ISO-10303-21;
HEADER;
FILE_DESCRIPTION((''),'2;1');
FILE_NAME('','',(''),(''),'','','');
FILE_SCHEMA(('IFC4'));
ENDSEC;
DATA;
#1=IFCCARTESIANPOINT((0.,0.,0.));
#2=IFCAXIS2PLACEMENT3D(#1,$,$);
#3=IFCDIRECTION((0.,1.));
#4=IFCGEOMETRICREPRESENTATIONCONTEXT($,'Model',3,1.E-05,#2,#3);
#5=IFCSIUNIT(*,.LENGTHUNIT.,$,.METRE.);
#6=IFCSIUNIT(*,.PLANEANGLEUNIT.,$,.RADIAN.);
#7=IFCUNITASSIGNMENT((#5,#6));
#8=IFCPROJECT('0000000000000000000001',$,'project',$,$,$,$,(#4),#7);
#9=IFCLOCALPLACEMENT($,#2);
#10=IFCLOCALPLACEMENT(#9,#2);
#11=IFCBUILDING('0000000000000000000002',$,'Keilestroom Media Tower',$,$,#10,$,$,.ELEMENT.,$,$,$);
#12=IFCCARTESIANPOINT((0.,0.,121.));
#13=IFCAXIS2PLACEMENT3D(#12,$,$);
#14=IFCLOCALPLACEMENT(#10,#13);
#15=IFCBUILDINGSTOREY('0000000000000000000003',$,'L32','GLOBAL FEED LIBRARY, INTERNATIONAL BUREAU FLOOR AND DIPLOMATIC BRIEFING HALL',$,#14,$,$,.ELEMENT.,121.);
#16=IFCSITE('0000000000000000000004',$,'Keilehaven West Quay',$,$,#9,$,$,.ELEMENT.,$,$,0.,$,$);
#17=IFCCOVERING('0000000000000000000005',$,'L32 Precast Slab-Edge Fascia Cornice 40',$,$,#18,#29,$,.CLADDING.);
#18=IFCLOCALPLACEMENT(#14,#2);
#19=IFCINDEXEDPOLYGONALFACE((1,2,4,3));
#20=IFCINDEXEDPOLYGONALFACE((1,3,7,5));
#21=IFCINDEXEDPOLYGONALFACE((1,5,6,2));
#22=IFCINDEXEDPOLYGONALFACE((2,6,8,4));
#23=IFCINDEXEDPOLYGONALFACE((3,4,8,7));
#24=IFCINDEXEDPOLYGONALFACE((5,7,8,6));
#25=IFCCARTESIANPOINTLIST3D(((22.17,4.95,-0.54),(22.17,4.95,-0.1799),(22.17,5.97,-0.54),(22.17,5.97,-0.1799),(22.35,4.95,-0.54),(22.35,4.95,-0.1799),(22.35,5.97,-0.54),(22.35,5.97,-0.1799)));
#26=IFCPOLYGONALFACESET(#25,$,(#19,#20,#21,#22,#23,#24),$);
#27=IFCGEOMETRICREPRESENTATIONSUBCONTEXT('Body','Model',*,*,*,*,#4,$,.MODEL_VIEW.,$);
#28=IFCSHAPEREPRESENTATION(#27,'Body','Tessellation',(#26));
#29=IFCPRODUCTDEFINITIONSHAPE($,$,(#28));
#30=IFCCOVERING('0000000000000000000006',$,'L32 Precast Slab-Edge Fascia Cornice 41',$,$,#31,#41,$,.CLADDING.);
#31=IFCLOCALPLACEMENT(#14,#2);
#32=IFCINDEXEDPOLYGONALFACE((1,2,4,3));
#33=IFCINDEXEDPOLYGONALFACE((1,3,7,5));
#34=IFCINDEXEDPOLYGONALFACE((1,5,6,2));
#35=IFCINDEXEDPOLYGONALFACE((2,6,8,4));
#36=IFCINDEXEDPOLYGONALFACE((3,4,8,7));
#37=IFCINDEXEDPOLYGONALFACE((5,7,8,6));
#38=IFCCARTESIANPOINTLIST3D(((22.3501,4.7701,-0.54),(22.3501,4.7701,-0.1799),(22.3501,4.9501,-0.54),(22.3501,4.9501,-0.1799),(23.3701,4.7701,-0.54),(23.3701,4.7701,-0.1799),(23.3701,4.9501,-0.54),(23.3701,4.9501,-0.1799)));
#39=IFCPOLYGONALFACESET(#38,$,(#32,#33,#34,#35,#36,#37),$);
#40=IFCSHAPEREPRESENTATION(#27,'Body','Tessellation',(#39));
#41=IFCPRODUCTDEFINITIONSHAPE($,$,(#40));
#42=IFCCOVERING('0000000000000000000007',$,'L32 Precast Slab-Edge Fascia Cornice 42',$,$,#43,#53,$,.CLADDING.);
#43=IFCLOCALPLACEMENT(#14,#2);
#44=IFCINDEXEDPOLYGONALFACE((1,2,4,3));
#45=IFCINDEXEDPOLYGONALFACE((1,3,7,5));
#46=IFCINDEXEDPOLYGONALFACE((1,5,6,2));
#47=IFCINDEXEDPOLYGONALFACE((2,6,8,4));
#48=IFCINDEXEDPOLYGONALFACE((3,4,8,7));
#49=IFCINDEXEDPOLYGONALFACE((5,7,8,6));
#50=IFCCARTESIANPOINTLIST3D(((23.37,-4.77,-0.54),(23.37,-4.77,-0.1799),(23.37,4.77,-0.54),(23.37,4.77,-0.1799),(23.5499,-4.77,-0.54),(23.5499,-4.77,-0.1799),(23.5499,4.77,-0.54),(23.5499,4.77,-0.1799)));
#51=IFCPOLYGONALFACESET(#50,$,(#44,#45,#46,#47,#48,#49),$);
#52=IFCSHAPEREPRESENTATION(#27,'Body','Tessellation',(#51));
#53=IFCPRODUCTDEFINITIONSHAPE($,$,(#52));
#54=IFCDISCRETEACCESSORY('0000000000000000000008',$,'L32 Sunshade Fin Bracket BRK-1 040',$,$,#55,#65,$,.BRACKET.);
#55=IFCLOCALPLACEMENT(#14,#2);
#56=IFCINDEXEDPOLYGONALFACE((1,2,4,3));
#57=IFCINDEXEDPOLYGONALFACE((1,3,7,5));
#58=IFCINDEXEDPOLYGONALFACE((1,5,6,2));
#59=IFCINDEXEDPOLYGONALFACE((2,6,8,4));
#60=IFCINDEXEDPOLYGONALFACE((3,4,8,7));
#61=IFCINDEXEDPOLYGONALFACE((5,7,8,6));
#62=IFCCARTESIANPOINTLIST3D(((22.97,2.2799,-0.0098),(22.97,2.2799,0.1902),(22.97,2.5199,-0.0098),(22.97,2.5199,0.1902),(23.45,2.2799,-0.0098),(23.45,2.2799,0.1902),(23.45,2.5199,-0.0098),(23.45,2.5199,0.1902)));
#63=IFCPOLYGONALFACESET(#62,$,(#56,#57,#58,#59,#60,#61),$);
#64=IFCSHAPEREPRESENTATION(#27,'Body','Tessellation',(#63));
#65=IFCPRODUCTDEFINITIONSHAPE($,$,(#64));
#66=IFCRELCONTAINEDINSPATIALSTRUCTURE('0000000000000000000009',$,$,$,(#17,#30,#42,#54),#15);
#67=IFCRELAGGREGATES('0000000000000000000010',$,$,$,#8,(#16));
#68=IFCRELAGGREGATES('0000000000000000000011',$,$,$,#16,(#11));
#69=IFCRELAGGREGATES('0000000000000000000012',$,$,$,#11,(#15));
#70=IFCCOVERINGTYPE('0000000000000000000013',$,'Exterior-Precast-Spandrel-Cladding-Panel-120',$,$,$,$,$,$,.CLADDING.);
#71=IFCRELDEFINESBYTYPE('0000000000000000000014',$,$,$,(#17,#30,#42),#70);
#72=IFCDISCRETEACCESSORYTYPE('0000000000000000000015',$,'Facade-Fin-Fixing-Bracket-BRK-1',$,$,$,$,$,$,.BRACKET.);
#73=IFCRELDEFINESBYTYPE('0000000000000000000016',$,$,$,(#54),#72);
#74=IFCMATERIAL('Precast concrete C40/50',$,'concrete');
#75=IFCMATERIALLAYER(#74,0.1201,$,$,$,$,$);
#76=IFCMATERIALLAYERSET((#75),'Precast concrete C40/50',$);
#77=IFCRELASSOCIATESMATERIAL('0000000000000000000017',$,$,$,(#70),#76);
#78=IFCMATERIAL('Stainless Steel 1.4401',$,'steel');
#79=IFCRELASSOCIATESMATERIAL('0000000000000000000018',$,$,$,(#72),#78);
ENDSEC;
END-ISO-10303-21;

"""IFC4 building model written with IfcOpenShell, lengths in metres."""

from ifc_helpers import new_model, si_unit, direction, frame, origin, origin_2d, place, context, subcontext, project, spatial, rectangle, extrude, source, transform, mapped, material, layer, layer_set, type_object, element, save


model = new_model("IFC4")

# Units and contexts
model_context = context("Model", 3, precision=1e-05, world=origin(), true_north=direction((0.0, 1.0)))
body_context = subcontext(model_context, "Body", "Model", "MODEL_VIEW")
ifc_project = project(units=[si_unit("LENGTHUNIT", "METRE"), si_unit("PLANEANGLEUNIT", "RADIAN")], contexts=[model_context])

# Site, building, storey
site_placement = place(None, origin())
site = spatial("IfcSite", under=ifc_project, at=site_placement, Name="Keilehaven West Quay", CompositionType="ELEMENT", RefElevation=0.0)
building_placement = place(site_placement, origin())
building = spatial("IfcBuilding", under=site, at=building_placement, Name="Keilestroom Media Tower", CompositionType="ELEMENT")
storey_placement = place(building_placement, frame((0.0, 0.0, 121.0)))
storey = spatial("IfcBuildingStorey", under=building, at=storey_placement, Name="L32", Description="GLOBAL FEED LIBRARY, INTERNATIONAL BUREAU FLOOR AND DIPLOMATIC BRIEFING HALL", CompositionType="ELEMENT", Elevation=121.0)

# Shared definitions
ifc_material_1 = material(Name="Precast concrete C40/50", Category="concrete")

# Coverings
ifc_layer_1 = layer(ifc_material_1, 0.1201)
ifc_layer_set_1 = layer_set([ifc_layer_1], Name="Precast concrete C40/50")
covering_type = type_object("IfcCoveringType", Name="Exterior-Precast-Spandrel-Cladding-Panel-120", PredefinedType="CLADDING", material=ifc_layer_set_1)
shared_shape_1 = source(origin(), body_context, "Body", "SweptSolid", [
    extrude(rectangle(XDim=1.02, YDim=0.1799, at=origin_2d()), origin(), (0.0, 0.0, 1.0), 0.3601),
])
for number, where, z_axis, x_axis, name in (
    (1, (22.26, 5.46, -0.54), (0.0, 0.0, 1.0), (0.0, -1.0, 0.0), "L32 Precast Slab-Edge Fascia Cornice 40"),
    (2, (22.8601, 4.8601, -0.54), (0.0, 0.0, 1.0), (1.0, 0.0, 0.0), "L32 Precast Slab-Edge Fascia Cornice 41"),
):
    element("IfcCovering", number, at=place(storey_placement, frame(where, z_axis=z_axis, x_axis=x_axis)), inside=storey, type_object=covering_type, Name=name, PredefinedType="CLADDING", context=body_context, shape_type="MappedRepresentation", body=[
        mapped(shared_shape_1, transform((0.0, 0.0, 0.0), x_axis=(1.0, 0.0, 0.0), y_axis=(0.0, 1.0, 0.0), z_axis=(0.0, 0.0, 1.0), scale=1.0)),
    ])
shared_shape_2 = source(origin(), body_context, "Body", "SweptSolid", [
    extrude(rectangle(XDim=9.54, YDim=0.1799, at=origin_2d()), origin(), (0.0, 0.0, 1.0), 0.3601),
])
covering_placement = place(storey_placement, frame((23.46, 0.0, -0.54), z_axis=(0.0, 0.0, 1.0), x_axis=(0.0, -1.0, 0.0)))
element("IfcCovering", 3, at=covering_placement, inside=storey, type_object=covering_type, Name="L32 Precast Slab-Edge Fascia Cornice 42", PredefinedType="CLADDING", context=body_context, shape_type="MappedRepresentation", body=[
    mapped(shared_shape_2, transform((0.0, 0.0, 0.0), x_axis=(1.0, 0.0, 0.0), y_axis=(0.0, 1.0, 0.0), z_axis=(0.0, 0.0, 1.0), scale=1.0)),
])

# Discrete accessory
ifc_material_2 = material(Name="Stainless Steel 1.4401", Category="steel")
discrete_accessory_type = type_object("IfcDiscreteAccessoryType", Name="Facade-Fin-Fixing-Bracket-BRK-1", PredefinedType="BRACKET", material=ifc_material_2)
shared_shape_3 = source(origin(), body_context, "Body", "SweptSolid", [
    extrude(rectangle(XDim=0.48, YDim=0.24, at=origin_2d()), origin(), (0.0, 0.0, 1.0), 0.2),
])
discrete_accessory_placement = place(storey_placement, frame((23.21, 2.3999, -0.0098), z_axis=(0.0, 0.0, 1.0), x_axis=(1.0, 0.0, 0.0)))
element("IfcDiscreteAccessory", 4, at=discrete_accessory_placement, inside=storey, type_object=discrete_accessory_type, Name="L32 Sunshade Fin Bracket BRK-1 040", PredefinedType="BRACKET", context=body_context, shape_type="MappedRepresentation", body=[
    mapped(shared_shape_3, transform((0.0, 0.0, 0.0), x_axis=(1.0, 0.0, 0.0), y_axis=(0.0, 1.0, 0.0), z_axis=(0.0, 0.0, 1.0), scale=1.0)),
])

save(model, "model.ifc")
